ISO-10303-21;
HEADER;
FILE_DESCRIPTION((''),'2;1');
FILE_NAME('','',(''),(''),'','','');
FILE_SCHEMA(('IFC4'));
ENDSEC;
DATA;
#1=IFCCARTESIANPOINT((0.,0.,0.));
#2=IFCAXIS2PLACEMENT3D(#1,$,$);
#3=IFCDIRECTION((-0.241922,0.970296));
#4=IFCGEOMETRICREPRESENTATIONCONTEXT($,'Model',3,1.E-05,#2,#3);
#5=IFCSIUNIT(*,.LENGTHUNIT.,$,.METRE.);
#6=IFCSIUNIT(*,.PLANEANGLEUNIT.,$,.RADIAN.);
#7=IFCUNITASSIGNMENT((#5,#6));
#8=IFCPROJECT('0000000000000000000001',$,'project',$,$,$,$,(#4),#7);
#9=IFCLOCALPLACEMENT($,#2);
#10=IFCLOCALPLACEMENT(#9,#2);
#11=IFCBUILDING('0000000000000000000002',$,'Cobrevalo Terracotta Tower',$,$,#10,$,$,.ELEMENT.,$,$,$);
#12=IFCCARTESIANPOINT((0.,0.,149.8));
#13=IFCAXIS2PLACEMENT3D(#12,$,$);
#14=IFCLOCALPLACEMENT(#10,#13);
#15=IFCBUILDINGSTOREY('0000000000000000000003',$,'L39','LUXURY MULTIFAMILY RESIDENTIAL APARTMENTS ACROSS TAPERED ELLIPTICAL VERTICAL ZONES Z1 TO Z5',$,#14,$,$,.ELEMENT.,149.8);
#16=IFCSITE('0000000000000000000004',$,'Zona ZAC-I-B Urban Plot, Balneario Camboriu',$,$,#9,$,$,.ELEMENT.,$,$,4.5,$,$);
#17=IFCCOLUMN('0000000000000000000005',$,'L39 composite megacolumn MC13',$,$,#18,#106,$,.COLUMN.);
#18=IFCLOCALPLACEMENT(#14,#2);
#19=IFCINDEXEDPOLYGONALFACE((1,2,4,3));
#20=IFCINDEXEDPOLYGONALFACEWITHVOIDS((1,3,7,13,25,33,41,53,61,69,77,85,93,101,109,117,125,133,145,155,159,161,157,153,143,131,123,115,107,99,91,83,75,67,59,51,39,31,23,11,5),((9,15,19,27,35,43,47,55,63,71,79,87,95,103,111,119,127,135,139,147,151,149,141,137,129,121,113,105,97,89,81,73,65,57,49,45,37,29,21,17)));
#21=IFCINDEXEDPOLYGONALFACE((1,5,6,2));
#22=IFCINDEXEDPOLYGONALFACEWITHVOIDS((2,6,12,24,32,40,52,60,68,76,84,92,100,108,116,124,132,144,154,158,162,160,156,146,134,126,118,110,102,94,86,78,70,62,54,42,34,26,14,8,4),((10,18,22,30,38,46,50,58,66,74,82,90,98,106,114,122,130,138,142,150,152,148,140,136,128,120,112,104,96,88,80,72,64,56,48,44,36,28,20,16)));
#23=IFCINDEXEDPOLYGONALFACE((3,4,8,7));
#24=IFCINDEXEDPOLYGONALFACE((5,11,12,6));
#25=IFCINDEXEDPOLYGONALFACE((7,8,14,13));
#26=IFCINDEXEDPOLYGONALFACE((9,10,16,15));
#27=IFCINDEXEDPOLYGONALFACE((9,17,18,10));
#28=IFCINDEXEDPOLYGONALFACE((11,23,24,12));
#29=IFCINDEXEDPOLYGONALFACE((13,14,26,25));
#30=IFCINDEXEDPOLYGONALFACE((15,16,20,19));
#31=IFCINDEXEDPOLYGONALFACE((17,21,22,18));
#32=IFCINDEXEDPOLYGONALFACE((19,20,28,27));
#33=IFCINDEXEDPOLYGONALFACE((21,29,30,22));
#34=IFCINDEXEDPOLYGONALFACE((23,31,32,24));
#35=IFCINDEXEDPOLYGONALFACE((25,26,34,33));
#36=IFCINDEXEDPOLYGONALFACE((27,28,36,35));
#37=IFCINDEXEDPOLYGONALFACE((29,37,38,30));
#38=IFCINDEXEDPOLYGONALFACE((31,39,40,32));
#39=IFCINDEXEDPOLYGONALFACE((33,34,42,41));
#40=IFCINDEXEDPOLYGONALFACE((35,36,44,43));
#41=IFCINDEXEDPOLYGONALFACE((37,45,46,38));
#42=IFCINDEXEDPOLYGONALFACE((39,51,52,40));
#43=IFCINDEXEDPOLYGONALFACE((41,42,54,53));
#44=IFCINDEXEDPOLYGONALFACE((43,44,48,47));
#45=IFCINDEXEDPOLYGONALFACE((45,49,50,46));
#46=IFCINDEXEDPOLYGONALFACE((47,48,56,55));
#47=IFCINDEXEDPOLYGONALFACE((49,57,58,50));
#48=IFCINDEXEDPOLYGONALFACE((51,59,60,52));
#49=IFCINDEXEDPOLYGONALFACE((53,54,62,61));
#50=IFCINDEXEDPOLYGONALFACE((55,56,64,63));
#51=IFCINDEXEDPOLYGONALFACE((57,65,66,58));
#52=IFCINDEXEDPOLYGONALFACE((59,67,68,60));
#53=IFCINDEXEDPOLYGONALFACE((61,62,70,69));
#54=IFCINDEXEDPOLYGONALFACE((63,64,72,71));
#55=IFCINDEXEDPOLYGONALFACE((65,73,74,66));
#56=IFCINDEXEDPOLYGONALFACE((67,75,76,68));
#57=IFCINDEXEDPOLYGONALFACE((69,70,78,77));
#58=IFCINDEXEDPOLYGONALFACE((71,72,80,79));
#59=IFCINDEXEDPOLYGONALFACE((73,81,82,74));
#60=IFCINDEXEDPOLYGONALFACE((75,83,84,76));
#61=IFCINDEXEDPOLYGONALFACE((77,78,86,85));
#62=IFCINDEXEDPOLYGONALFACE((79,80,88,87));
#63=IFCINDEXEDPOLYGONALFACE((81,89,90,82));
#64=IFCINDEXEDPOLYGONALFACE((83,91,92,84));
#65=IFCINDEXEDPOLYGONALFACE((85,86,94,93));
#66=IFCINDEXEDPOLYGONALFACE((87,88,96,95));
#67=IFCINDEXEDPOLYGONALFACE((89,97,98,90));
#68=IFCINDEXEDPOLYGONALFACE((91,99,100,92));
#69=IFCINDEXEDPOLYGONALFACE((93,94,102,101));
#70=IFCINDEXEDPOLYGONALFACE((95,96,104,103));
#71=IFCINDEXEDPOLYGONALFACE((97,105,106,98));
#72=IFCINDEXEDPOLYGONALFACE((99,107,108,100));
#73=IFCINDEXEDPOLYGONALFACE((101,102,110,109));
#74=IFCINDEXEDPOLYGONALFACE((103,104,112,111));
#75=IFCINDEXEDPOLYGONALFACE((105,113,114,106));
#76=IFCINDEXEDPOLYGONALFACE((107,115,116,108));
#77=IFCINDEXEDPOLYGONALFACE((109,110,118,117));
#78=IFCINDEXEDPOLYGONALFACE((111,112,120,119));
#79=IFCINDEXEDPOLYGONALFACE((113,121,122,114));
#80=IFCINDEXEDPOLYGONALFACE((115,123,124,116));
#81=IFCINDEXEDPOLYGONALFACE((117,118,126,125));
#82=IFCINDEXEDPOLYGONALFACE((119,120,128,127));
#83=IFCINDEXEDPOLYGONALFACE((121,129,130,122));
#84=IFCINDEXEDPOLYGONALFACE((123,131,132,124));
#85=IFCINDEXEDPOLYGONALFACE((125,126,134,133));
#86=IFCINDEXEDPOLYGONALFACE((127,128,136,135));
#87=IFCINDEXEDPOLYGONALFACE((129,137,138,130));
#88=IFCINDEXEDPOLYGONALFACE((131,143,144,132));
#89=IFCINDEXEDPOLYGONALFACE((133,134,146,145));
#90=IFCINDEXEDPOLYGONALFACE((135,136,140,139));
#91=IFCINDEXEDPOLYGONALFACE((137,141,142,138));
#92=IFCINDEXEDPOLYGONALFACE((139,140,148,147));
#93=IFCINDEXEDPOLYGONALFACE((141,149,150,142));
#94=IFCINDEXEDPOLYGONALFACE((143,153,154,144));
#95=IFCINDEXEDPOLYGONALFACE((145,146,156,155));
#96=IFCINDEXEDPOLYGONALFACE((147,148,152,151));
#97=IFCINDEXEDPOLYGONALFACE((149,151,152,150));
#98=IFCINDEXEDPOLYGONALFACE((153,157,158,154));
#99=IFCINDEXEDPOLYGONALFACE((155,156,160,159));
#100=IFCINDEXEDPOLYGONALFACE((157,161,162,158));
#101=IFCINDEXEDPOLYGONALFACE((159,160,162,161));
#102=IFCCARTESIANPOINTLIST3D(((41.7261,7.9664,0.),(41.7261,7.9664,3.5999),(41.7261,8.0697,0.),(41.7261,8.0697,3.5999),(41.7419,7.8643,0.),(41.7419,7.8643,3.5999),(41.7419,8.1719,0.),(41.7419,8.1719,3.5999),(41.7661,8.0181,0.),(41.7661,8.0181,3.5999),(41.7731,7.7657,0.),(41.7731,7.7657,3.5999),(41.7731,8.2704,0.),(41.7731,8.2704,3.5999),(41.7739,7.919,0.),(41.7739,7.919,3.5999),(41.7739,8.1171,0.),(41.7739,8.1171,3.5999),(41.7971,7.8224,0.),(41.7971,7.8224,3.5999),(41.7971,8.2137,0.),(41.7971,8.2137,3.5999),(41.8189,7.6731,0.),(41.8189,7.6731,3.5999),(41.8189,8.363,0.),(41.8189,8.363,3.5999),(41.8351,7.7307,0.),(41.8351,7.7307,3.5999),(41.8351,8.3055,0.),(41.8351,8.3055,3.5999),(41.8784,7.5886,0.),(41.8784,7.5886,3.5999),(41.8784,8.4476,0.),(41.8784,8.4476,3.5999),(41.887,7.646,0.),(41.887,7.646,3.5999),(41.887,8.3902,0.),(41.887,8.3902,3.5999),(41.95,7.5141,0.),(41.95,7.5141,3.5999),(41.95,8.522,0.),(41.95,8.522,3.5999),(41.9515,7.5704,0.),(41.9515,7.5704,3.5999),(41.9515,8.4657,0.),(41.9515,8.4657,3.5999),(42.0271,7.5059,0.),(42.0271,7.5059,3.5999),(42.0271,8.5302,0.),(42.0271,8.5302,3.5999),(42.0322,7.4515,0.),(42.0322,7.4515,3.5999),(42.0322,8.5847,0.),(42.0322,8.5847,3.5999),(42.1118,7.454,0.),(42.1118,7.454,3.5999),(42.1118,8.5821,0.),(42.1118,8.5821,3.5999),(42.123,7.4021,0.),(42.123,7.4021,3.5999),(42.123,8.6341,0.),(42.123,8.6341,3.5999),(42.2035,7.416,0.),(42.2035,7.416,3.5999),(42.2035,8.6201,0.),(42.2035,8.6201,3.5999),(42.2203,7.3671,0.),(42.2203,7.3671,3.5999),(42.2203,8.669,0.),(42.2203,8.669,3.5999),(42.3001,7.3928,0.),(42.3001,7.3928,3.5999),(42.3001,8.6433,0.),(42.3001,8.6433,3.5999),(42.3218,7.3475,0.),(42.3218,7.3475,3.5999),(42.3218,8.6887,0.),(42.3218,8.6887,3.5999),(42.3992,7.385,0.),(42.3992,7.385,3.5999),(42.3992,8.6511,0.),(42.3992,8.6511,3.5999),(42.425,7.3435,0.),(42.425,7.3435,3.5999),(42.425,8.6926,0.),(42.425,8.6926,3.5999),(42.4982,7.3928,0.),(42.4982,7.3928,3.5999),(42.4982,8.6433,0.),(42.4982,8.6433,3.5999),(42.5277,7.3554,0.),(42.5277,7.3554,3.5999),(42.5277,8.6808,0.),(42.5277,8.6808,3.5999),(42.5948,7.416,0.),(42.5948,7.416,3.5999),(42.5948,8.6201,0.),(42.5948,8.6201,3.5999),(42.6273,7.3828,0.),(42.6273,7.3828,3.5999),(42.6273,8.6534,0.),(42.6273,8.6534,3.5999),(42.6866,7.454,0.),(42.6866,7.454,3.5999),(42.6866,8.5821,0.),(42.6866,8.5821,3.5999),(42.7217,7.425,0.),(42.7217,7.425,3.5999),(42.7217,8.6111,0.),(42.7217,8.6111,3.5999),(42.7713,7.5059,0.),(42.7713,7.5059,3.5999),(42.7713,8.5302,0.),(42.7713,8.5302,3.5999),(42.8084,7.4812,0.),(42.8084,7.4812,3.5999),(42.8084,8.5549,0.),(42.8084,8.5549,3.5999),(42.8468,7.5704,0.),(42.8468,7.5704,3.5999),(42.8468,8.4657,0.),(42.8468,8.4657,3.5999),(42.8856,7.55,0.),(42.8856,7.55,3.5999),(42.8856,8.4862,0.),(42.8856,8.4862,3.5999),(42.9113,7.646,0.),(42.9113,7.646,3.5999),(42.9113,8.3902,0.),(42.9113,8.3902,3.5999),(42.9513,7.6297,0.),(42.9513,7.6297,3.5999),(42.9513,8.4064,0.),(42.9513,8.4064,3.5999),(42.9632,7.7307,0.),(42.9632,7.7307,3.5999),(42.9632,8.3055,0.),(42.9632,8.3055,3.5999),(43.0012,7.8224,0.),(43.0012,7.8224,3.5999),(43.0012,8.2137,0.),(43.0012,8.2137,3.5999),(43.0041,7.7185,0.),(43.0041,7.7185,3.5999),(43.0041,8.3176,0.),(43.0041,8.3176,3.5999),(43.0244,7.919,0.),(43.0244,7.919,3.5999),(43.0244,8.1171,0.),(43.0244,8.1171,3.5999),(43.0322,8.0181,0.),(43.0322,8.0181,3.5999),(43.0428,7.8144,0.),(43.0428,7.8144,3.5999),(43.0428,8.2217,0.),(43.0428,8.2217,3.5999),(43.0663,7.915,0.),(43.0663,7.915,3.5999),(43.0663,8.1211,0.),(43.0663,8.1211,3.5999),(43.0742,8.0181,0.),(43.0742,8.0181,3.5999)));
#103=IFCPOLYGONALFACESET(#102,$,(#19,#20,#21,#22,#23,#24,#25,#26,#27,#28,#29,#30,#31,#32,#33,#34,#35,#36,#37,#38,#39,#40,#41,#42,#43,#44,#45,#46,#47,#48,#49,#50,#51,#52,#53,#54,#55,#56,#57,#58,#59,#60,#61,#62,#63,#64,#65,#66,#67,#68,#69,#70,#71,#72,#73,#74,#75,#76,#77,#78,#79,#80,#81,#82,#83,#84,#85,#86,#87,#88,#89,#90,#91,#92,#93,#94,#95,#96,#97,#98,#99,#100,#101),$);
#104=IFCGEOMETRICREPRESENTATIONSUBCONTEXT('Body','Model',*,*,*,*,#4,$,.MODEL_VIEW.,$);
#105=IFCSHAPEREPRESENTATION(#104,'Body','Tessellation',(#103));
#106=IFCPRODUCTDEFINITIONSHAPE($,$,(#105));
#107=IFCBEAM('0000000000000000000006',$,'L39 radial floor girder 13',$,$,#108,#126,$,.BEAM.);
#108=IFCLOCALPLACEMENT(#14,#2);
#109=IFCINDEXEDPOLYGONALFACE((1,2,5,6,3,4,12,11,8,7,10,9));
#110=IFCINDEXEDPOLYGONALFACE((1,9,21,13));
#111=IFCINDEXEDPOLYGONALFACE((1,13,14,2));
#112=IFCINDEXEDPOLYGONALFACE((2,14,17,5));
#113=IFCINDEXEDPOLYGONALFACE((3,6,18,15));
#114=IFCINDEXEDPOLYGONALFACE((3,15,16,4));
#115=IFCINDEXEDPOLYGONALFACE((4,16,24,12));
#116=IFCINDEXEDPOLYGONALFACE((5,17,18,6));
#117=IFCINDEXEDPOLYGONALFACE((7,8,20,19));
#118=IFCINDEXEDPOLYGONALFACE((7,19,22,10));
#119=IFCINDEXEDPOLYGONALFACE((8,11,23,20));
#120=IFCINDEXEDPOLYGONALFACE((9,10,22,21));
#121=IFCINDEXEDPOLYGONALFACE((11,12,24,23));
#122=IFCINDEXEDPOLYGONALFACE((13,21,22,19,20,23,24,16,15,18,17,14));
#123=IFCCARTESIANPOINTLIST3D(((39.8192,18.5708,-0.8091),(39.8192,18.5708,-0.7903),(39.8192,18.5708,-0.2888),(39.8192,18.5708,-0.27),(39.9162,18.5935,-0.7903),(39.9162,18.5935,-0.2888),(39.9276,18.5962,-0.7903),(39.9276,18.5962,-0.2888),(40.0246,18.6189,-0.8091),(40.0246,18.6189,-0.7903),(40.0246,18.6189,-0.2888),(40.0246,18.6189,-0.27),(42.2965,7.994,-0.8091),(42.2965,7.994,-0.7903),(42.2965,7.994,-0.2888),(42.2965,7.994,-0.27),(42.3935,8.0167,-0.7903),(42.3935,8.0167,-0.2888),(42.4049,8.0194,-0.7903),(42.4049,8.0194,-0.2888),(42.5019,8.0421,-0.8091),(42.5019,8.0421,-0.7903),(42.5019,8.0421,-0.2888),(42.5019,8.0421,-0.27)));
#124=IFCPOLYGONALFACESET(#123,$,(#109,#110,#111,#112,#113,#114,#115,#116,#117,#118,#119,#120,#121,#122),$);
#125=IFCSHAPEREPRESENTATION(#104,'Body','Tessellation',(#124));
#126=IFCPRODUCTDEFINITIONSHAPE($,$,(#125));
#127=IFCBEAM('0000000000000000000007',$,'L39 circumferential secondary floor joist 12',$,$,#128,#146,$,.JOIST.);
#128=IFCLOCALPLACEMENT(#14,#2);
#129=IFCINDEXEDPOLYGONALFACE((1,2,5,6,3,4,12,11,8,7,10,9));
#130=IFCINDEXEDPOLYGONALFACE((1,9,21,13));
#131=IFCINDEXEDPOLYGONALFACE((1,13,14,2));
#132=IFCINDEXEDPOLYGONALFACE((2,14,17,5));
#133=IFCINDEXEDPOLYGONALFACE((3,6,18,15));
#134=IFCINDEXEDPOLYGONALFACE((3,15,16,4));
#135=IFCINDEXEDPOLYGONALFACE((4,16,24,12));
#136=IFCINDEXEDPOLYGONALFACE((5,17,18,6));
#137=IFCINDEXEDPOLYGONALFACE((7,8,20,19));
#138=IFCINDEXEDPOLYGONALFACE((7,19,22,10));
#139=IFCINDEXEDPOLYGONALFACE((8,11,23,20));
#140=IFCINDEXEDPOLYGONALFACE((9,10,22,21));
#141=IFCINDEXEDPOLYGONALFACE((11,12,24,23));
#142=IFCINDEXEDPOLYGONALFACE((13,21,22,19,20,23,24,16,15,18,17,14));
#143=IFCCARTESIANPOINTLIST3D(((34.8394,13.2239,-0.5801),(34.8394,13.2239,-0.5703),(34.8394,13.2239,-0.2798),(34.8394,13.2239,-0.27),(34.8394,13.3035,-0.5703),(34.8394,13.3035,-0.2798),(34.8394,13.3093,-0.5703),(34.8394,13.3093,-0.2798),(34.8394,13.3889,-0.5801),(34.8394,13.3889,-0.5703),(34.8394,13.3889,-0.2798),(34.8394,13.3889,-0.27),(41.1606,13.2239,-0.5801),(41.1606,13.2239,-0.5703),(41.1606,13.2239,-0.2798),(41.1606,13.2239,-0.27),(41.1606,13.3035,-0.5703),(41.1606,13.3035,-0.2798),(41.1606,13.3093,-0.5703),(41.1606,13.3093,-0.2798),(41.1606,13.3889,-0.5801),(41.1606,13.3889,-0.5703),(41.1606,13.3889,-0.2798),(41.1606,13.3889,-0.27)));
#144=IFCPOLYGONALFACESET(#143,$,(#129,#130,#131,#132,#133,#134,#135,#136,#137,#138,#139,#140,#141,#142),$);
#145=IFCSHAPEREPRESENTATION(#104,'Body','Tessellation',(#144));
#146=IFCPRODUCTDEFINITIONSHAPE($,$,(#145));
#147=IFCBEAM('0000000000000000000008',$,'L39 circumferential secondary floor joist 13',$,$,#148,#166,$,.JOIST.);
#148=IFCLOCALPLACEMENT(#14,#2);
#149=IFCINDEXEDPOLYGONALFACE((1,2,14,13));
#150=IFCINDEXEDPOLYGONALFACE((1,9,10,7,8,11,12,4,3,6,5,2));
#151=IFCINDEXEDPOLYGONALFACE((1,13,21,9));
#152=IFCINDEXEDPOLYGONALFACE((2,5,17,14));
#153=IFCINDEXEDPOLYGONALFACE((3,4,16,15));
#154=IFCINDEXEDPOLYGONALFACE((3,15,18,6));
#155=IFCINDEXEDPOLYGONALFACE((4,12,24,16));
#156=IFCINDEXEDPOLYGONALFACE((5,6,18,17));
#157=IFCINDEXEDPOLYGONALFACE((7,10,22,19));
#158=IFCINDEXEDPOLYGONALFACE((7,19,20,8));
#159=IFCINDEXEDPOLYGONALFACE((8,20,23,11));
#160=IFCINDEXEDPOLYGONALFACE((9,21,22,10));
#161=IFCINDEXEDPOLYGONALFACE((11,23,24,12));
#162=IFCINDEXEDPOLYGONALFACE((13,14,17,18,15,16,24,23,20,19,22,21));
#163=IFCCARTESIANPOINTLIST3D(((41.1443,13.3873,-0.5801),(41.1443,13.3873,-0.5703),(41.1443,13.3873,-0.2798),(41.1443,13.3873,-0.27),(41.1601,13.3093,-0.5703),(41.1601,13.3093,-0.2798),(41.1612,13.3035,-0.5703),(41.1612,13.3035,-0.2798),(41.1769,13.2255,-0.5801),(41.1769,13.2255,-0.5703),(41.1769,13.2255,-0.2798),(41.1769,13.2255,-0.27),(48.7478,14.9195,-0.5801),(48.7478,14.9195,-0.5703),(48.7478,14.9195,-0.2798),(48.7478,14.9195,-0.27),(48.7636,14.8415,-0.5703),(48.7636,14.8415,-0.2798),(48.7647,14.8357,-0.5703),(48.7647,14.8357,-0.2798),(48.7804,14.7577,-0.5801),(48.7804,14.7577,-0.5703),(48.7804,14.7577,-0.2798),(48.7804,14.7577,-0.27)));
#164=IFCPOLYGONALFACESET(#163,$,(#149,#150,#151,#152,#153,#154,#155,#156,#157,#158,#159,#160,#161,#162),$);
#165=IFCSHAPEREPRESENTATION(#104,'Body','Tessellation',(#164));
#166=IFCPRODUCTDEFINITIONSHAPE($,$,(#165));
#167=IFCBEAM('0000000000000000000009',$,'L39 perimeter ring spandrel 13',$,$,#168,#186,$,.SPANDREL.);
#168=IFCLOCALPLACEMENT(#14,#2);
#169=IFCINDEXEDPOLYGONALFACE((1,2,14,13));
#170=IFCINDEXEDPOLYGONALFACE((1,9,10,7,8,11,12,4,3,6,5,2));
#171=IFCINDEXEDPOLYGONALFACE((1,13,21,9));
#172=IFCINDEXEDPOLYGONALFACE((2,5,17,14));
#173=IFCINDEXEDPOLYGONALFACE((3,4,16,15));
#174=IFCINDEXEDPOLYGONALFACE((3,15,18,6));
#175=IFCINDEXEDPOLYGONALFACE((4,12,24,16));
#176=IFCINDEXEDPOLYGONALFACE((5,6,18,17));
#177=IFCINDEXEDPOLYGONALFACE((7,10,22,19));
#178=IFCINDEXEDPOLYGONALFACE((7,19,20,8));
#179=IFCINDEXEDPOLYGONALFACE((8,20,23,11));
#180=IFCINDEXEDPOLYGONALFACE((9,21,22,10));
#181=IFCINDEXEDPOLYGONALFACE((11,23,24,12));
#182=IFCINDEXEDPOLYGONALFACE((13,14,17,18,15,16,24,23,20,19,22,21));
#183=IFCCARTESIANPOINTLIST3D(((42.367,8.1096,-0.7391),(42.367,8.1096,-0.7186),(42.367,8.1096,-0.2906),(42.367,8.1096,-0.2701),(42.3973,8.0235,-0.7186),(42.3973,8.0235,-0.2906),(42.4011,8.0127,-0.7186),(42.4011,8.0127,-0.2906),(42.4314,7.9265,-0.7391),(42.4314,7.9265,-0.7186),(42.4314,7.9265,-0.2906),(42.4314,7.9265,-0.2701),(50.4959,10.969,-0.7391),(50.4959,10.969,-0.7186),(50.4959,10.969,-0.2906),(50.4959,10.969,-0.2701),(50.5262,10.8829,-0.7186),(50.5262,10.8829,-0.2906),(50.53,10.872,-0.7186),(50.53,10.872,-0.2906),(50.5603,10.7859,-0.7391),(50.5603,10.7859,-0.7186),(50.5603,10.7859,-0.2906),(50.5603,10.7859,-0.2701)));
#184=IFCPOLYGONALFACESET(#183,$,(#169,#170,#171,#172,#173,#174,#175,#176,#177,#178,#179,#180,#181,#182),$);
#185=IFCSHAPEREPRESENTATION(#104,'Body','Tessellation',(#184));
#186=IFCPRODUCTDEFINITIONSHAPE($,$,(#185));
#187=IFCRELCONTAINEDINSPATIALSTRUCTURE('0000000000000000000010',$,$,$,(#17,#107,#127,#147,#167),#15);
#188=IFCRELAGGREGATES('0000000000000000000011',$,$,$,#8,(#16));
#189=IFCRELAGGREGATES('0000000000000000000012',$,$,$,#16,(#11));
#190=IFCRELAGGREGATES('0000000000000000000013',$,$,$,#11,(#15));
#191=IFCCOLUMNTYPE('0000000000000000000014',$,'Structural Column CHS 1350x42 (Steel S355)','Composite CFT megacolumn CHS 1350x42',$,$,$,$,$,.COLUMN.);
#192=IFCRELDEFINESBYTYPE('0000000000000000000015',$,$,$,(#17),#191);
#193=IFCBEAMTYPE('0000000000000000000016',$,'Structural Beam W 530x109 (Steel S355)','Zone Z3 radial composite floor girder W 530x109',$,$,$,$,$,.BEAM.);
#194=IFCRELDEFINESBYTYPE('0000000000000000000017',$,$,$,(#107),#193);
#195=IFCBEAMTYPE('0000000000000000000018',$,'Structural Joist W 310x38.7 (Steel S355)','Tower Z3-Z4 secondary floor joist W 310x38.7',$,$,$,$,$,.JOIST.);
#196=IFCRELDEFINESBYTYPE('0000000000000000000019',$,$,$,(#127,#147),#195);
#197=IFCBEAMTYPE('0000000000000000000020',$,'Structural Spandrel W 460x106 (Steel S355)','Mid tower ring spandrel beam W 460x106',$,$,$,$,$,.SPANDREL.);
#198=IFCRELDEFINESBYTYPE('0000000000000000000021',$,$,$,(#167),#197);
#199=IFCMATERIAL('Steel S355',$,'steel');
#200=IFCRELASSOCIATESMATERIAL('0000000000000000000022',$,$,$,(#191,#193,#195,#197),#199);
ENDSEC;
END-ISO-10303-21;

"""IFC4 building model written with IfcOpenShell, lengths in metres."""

from ifc_helpers import new_model, si_unit, direction, frame, origin, origin_2d, place, context, subcontext, project, spatial, hollow_circle, i_section, extrude, material, material_profile, profile_set, type_object, element, save


model = new_model("IFC4")

# Units and contexts
model_context = context("Model", 3, precision=1e-05, world=origin(), true_north=direction((-0.241922, 0.970296)))
body_context = subcontext(model_context, "Body", "Model", "MODEL_VIEW")
ifc_project = project(units=[si_unit("LENGTHUNIT", "METRE"), si_unit("PLANEANGLEUNIT", "RADIAN")], contexts=[model_context])

# Site, building, storey
site_placement = place(None, origin())
site = spatial("IfcSite", under=ifc_project, at=site_placement, Name="Zona ZAC-I-B Urban Plot, Balneario Camboriu", CompositionType="ELEMENT", RefElevation=4.5)
building_placement = place(site_placement, origin())
building = spatial("IfcBuilding", under=site, at=building_placement, Name="Cobrevalo Terracotta Tower", CompositionType="ELEMENT")
storey_placement = place(building_placement, frame((0.0, 0.0, 149.8)))
storey = spatial("IfcBuildingStorey", under=building, at=storey_placement, Name="L39", Description="LUXURY MULTIFAMILY RESIDENTIAL APARTMENTS ACROSS TAPERED ELLIPTICAL VERTICAL ZONES Z1 TO Z5", CompositionType="ELEMENT", Elevation=149.8)

# Column
ifc_material_1 = material(Name="Steel S355", Category="steel")
ifc_material_profile_1 = material_profile(ifc_material_1, hollow_circle(Radius=0.675, WallThickness=0.042, at=origin_2d()), Name="CHS 1350x42")
ifc_profile_set_1 = profile_set([ifc_material_profile_1], Name="Steel S355")
column_type = type_object("IfcColumnType", Name="Structural Column CHS 1350x42 (Steel S355)", Description="Composite CFT megacolumn CHS 1350x42", PredefinedType="COLUMN", material=ifc_profile_set_1)
column_placement = place(storey_placement, frame((42.3992, 8.0181, 0.0), z_axis=(0.0, 0.0, 1.0), x_axis=(1.0, 0.0, 0.0)))
element("IfcColumn", 1, at=column_placement, inside=storey, type_object=column_type, Name="L39 composite megacolumn MC13", PredefinedType="COLUMN", context=body_context, shape_type="SweptSolid", body=[
    extrude(hollow_circle(Radius=0.675, WallThickness=0.042, at=origin_2d()), origin(), (0.0, 0.0, 1.0), 3.5999),
])

# Beams
ifc_material_profile_2 = material_profile(ifc_material_1, i_section(OverallWidth=0.2109, OverallDepth=0.5391, WebThickness=0.0117, FlangeThickness=0.0188, at=origin_2d()), Name="W 530x109")
ifc_profile_set_2 = profile_set([ifc_material_profile_2], Name="Steel S355")
beam_type_1 = type_object("IfcBeamType", Name="Structural Beam W 530x109 (Steel S355)", Description="Zone Z3 radial composite floor girder W 530x109", PredefinedType="BEAM", material=ifc_profile_set_2)
beam_1_placement = place(storey_placement, frame((42.3992, 8.0181, -0.5396), z_axis=(-0.228046, 0.97365, 0.0), x_axis=(-0.97365, -0.228046, 0.0)))
element("IfcBeam", 2, at=beam_1_placement, inside=storey, type_object=beam_type_1, Name="L39 radial floor girder 13", PredefinedType="BEAM", context=body_context, shape_type="SweptSolid", body=[
    extrude(i_section(OverallWidth=0.2109, OverallDepth=0.5391, WebThickness=0.0117, FlangeThickness=0.0188, at=origin_2d()), origin(), (0.0, 0.0, 1.0), 10.863),
])
ifc_material_profile_3 = material_profile(ifc_material_1, i_section(OverallWidth=0.165, OverallDepth=0.3101, WebThickness=0.0059, FlangeThickness=0.0098, at=origin_2d()), Name="W 310x38.7")
ifc_profile_set_3 = profile_set([ifc_material_profile_3], Name="Steel S355")
beam_type_2 = type_object("IfcBeamType", Name="Structural Joist W 310x38.7 (Steel S355)", Description="Tower Z3-Z4 secondary floor joist W 310x38.7", PredefinedType="JOIST", material=ifc_profile_set_3)
beam_2_placement = place(storey_placement, frame((34.8394, 13.3064, -0.425), z_axis=(1.0, 0.0, 0.0), x_axis=(0.0, 1.0, 0.0)))
element("IfcBeam", 3, at=beam_2_placement, inside=storey, type_object=beam_type_2, Name="L39 circumferential secondary floor joist 12", PredefinedType="JOIST", context=body_context, shape_type="SweptSolid", body=[
    extrude(i_section(OverallWidth=0.165, OverallDepth=0.3101, WebThickness=0.0059, FlangeThickness=0.0098, at=origin_2d()), origin(), (0.0, 0.0, 1.0), 6.3213),
])
beam_3_placement = place(storey_placement, frame((41.1606, 13.3064, -0.425), z_axis=(0.980294, 0.197544, 0.0), x_axis=(-0.197544, 0.980294, 0.0)))
element("IfcBeam", 4, at=beam_3_placement, inside=storey, type_object=beam_type_2, Name="L39 circumferential secondary floor joist 13", PredefinedType="JOIST", context=body_context, shape_type="SweptSolid", body=[
    extrude(i_section(OverallWidth=0.165, OverallDepth=0.3101, WebThickness=0.0059, FlangeThickness=0.0098, at=origin_2d()), origin(), (0.0, 0.0, 1.0), 7.7563),
])
ifc_material_profile_4 = material_profile(ifc_material_1, i_section(OverallWidth=0.1941, OverallDepth=0.469, WebThickness=0.0115, FlangeThickness=0.0205, at=origin_2d()), Name="W 460x106")
ifc_profile_set_4 = profile_set([ifc_material_profile_4], Name="Steel S355")
beam_type_3 = type_object("IfcBeamType", Name="Structural Spandrel W 460x106 (Steel S355)", Description="Mid tower ring spandrel beam W 460x106", PredefinedType="SPANDREL", material=ifc_profile_set_4)
beam_4_placement = place(storey_placement, frame((42.3992, 8.0181, -0.5046), z_axis=(0.943341, 0.331824, 0.0), x_axis=(-0.331824, 0.943341, 0.0)))
element("IfcBeam", 5, at=beam_4_placement, inside=storey, type_object=beam_type_3, Name="L39 perimeter ring spandrel 13", PredefinedType="SPANDREL", context=body_context, shape_type="SweptSolid", body=[
    extrude(i_section(OverallWidth=0.1941, OverallDepth=0.469, WebThickness=0.0115, FlangeThickness=0.0205, at=origin_2d()), origin(), (0.0, 0.0, 1.0), 8.6172),
])

save(model, "model.ifc")
